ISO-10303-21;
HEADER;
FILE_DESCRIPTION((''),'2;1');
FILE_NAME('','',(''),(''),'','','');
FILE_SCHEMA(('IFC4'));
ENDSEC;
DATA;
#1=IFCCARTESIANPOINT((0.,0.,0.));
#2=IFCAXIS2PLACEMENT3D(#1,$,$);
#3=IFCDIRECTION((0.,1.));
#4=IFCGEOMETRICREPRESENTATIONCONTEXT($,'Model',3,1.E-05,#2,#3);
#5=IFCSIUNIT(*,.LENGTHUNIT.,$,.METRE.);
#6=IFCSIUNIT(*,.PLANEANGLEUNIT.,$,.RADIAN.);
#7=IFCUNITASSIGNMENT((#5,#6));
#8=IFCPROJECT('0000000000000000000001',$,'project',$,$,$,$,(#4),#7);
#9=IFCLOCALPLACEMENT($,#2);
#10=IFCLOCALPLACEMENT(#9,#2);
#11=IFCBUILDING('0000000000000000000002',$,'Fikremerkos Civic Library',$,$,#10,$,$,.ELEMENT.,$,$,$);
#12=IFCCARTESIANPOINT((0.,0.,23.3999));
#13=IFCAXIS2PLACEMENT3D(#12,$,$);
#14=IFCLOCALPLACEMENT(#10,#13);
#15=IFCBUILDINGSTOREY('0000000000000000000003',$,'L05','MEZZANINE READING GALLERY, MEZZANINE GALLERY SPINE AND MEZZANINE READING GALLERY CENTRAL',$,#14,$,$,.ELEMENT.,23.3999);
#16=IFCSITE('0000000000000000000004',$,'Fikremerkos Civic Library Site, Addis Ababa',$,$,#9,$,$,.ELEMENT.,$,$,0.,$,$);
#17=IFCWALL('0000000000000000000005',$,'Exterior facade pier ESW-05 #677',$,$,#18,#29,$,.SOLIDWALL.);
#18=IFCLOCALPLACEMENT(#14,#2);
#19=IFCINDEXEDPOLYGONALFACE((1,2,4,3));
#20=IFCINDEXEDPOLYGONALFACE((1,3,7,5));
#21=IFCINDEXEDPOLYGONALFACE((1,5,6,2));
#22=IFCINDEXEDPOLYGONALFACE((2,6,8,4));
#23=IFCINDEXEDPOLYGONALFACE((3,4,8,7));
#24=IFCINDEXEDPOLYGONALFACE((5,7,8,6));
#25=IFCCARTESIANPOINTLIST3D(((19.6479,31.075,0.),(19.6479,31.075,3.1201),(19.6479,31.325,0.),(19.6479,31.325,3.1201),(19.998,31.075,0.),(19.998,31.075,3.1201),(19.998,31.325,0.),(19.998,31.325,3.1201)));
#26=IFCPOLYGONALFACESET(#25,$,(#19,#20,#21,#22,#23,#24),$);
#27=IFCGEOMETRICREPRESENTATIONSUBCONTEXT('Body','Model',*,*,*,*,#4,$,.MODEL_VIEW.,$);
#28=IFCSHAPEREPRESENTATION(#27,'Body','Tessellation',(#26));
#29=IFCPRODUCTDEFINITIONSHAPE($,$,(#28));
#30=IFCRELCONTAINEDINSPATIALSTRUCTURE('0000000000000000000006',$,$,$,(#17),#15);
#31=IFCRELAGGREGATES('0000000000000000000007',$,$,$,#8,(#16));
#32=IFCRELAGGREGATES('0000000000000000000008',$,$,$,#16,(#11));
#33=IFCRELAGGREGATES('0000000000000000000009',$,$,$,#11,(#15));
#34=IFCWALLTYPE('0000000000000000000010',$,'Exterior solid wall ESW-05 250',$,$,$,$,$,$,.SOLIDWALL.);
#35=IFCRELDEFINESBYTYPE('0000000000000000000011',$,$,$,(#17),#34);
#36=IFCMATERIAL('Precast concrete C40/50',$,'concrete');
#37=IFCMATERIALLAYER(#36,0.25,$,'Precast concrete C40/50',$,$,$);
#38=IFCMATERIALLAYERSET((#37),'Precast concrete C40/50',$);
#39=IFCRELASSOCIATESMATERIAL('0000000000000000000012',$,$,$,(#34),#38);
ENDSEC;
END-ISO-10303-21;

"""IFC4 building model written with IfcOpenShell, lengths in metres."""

from ifc_helpers import new_model, si_unit, direction, frame, frame_2d, origin, place, context, subcontext, project, spatial, rectangle, extrude, material, layer, layer_set, type_object, element, save


model = new_model("IFC4")

# Units and contexts
model_context = context("Model", 3, precision=1e-05, world=origin(), true_north=direction((0.0, 1.0)))
body_context = subcontext(model_context, "Body", "Model", "MODEL_VIEW")
ifc_project = project(units=[si_unit("LENGTHUNIT", "METRE"), si_unit("PLANEANGLEUNIT", "RADIAN")], contexts=[model_context])

# Site, building, storey
site_placement = place(None, origin())
site = spatial("IfcSite", under=ifc_project, at=site_placement, Name="Fikremerkos Civic Library Site, Addis Ababa", CompositionType="ELEMENT", RefElevation=0.0)
building_placement = place(site_placement, origin())
building = spatial("IfcBuilding", under=site, at=building_placement, Name="Fikremerkos Civic Library", CompositionType="ELEMENT")
storey_placement = place(building_placement, frame((0.0, 0.0, 23.3999)))
storey = spatial("IfcBuildingStorey", under=building, at=storey_placement, Name="L05", Description="MEZZANINE READING GALLERY, MEZZANINE GALLERY SPINE AND MEZZANINE READING GALLERY CENTRAL", CompositionType="ELEMENT", Elevation=23.3999)

# Wall
ifc_material_1 = material(Name="Precast concrete C40/50", Category="concrete")
ifc_layer_1 = layer(ifc_material_1, 0.25, Name="Precast concrete C40/50")
ifc_layer_set_1 = layer_set([ifc_layer_1], Name="Precast concrete C40/50")
wall_type_1 = type_object("IfcWallType", Name="Exterior solid wall ESW-05 250", PredefinedType="SOLIDWALL", material=ifc_layer_set_1)
wall_1_placement = place(storey_placement, frame((19.6479, 31.2, 0.0), z_axis=(0.0, 0.0, 1.0), x_axis=(1.0, 0.0, 0.0)))
element("IfcWall", 1, at=wall_1_placement, inside=storey, type_object=wall_type_1, Name="Exterior facade pier ESW-05 #677", PredefinedType="SOLIDWALL", context=body_context, shape_type="SweptSolid", body=[
    extrude(rectangle(XDim=0.3501, YDim=0.25, at=frame_2d((0.175, 0.0))), origin(), (0.0, 0.0, 1.0), 3.1201),
])

save(model, "model.ifc")
